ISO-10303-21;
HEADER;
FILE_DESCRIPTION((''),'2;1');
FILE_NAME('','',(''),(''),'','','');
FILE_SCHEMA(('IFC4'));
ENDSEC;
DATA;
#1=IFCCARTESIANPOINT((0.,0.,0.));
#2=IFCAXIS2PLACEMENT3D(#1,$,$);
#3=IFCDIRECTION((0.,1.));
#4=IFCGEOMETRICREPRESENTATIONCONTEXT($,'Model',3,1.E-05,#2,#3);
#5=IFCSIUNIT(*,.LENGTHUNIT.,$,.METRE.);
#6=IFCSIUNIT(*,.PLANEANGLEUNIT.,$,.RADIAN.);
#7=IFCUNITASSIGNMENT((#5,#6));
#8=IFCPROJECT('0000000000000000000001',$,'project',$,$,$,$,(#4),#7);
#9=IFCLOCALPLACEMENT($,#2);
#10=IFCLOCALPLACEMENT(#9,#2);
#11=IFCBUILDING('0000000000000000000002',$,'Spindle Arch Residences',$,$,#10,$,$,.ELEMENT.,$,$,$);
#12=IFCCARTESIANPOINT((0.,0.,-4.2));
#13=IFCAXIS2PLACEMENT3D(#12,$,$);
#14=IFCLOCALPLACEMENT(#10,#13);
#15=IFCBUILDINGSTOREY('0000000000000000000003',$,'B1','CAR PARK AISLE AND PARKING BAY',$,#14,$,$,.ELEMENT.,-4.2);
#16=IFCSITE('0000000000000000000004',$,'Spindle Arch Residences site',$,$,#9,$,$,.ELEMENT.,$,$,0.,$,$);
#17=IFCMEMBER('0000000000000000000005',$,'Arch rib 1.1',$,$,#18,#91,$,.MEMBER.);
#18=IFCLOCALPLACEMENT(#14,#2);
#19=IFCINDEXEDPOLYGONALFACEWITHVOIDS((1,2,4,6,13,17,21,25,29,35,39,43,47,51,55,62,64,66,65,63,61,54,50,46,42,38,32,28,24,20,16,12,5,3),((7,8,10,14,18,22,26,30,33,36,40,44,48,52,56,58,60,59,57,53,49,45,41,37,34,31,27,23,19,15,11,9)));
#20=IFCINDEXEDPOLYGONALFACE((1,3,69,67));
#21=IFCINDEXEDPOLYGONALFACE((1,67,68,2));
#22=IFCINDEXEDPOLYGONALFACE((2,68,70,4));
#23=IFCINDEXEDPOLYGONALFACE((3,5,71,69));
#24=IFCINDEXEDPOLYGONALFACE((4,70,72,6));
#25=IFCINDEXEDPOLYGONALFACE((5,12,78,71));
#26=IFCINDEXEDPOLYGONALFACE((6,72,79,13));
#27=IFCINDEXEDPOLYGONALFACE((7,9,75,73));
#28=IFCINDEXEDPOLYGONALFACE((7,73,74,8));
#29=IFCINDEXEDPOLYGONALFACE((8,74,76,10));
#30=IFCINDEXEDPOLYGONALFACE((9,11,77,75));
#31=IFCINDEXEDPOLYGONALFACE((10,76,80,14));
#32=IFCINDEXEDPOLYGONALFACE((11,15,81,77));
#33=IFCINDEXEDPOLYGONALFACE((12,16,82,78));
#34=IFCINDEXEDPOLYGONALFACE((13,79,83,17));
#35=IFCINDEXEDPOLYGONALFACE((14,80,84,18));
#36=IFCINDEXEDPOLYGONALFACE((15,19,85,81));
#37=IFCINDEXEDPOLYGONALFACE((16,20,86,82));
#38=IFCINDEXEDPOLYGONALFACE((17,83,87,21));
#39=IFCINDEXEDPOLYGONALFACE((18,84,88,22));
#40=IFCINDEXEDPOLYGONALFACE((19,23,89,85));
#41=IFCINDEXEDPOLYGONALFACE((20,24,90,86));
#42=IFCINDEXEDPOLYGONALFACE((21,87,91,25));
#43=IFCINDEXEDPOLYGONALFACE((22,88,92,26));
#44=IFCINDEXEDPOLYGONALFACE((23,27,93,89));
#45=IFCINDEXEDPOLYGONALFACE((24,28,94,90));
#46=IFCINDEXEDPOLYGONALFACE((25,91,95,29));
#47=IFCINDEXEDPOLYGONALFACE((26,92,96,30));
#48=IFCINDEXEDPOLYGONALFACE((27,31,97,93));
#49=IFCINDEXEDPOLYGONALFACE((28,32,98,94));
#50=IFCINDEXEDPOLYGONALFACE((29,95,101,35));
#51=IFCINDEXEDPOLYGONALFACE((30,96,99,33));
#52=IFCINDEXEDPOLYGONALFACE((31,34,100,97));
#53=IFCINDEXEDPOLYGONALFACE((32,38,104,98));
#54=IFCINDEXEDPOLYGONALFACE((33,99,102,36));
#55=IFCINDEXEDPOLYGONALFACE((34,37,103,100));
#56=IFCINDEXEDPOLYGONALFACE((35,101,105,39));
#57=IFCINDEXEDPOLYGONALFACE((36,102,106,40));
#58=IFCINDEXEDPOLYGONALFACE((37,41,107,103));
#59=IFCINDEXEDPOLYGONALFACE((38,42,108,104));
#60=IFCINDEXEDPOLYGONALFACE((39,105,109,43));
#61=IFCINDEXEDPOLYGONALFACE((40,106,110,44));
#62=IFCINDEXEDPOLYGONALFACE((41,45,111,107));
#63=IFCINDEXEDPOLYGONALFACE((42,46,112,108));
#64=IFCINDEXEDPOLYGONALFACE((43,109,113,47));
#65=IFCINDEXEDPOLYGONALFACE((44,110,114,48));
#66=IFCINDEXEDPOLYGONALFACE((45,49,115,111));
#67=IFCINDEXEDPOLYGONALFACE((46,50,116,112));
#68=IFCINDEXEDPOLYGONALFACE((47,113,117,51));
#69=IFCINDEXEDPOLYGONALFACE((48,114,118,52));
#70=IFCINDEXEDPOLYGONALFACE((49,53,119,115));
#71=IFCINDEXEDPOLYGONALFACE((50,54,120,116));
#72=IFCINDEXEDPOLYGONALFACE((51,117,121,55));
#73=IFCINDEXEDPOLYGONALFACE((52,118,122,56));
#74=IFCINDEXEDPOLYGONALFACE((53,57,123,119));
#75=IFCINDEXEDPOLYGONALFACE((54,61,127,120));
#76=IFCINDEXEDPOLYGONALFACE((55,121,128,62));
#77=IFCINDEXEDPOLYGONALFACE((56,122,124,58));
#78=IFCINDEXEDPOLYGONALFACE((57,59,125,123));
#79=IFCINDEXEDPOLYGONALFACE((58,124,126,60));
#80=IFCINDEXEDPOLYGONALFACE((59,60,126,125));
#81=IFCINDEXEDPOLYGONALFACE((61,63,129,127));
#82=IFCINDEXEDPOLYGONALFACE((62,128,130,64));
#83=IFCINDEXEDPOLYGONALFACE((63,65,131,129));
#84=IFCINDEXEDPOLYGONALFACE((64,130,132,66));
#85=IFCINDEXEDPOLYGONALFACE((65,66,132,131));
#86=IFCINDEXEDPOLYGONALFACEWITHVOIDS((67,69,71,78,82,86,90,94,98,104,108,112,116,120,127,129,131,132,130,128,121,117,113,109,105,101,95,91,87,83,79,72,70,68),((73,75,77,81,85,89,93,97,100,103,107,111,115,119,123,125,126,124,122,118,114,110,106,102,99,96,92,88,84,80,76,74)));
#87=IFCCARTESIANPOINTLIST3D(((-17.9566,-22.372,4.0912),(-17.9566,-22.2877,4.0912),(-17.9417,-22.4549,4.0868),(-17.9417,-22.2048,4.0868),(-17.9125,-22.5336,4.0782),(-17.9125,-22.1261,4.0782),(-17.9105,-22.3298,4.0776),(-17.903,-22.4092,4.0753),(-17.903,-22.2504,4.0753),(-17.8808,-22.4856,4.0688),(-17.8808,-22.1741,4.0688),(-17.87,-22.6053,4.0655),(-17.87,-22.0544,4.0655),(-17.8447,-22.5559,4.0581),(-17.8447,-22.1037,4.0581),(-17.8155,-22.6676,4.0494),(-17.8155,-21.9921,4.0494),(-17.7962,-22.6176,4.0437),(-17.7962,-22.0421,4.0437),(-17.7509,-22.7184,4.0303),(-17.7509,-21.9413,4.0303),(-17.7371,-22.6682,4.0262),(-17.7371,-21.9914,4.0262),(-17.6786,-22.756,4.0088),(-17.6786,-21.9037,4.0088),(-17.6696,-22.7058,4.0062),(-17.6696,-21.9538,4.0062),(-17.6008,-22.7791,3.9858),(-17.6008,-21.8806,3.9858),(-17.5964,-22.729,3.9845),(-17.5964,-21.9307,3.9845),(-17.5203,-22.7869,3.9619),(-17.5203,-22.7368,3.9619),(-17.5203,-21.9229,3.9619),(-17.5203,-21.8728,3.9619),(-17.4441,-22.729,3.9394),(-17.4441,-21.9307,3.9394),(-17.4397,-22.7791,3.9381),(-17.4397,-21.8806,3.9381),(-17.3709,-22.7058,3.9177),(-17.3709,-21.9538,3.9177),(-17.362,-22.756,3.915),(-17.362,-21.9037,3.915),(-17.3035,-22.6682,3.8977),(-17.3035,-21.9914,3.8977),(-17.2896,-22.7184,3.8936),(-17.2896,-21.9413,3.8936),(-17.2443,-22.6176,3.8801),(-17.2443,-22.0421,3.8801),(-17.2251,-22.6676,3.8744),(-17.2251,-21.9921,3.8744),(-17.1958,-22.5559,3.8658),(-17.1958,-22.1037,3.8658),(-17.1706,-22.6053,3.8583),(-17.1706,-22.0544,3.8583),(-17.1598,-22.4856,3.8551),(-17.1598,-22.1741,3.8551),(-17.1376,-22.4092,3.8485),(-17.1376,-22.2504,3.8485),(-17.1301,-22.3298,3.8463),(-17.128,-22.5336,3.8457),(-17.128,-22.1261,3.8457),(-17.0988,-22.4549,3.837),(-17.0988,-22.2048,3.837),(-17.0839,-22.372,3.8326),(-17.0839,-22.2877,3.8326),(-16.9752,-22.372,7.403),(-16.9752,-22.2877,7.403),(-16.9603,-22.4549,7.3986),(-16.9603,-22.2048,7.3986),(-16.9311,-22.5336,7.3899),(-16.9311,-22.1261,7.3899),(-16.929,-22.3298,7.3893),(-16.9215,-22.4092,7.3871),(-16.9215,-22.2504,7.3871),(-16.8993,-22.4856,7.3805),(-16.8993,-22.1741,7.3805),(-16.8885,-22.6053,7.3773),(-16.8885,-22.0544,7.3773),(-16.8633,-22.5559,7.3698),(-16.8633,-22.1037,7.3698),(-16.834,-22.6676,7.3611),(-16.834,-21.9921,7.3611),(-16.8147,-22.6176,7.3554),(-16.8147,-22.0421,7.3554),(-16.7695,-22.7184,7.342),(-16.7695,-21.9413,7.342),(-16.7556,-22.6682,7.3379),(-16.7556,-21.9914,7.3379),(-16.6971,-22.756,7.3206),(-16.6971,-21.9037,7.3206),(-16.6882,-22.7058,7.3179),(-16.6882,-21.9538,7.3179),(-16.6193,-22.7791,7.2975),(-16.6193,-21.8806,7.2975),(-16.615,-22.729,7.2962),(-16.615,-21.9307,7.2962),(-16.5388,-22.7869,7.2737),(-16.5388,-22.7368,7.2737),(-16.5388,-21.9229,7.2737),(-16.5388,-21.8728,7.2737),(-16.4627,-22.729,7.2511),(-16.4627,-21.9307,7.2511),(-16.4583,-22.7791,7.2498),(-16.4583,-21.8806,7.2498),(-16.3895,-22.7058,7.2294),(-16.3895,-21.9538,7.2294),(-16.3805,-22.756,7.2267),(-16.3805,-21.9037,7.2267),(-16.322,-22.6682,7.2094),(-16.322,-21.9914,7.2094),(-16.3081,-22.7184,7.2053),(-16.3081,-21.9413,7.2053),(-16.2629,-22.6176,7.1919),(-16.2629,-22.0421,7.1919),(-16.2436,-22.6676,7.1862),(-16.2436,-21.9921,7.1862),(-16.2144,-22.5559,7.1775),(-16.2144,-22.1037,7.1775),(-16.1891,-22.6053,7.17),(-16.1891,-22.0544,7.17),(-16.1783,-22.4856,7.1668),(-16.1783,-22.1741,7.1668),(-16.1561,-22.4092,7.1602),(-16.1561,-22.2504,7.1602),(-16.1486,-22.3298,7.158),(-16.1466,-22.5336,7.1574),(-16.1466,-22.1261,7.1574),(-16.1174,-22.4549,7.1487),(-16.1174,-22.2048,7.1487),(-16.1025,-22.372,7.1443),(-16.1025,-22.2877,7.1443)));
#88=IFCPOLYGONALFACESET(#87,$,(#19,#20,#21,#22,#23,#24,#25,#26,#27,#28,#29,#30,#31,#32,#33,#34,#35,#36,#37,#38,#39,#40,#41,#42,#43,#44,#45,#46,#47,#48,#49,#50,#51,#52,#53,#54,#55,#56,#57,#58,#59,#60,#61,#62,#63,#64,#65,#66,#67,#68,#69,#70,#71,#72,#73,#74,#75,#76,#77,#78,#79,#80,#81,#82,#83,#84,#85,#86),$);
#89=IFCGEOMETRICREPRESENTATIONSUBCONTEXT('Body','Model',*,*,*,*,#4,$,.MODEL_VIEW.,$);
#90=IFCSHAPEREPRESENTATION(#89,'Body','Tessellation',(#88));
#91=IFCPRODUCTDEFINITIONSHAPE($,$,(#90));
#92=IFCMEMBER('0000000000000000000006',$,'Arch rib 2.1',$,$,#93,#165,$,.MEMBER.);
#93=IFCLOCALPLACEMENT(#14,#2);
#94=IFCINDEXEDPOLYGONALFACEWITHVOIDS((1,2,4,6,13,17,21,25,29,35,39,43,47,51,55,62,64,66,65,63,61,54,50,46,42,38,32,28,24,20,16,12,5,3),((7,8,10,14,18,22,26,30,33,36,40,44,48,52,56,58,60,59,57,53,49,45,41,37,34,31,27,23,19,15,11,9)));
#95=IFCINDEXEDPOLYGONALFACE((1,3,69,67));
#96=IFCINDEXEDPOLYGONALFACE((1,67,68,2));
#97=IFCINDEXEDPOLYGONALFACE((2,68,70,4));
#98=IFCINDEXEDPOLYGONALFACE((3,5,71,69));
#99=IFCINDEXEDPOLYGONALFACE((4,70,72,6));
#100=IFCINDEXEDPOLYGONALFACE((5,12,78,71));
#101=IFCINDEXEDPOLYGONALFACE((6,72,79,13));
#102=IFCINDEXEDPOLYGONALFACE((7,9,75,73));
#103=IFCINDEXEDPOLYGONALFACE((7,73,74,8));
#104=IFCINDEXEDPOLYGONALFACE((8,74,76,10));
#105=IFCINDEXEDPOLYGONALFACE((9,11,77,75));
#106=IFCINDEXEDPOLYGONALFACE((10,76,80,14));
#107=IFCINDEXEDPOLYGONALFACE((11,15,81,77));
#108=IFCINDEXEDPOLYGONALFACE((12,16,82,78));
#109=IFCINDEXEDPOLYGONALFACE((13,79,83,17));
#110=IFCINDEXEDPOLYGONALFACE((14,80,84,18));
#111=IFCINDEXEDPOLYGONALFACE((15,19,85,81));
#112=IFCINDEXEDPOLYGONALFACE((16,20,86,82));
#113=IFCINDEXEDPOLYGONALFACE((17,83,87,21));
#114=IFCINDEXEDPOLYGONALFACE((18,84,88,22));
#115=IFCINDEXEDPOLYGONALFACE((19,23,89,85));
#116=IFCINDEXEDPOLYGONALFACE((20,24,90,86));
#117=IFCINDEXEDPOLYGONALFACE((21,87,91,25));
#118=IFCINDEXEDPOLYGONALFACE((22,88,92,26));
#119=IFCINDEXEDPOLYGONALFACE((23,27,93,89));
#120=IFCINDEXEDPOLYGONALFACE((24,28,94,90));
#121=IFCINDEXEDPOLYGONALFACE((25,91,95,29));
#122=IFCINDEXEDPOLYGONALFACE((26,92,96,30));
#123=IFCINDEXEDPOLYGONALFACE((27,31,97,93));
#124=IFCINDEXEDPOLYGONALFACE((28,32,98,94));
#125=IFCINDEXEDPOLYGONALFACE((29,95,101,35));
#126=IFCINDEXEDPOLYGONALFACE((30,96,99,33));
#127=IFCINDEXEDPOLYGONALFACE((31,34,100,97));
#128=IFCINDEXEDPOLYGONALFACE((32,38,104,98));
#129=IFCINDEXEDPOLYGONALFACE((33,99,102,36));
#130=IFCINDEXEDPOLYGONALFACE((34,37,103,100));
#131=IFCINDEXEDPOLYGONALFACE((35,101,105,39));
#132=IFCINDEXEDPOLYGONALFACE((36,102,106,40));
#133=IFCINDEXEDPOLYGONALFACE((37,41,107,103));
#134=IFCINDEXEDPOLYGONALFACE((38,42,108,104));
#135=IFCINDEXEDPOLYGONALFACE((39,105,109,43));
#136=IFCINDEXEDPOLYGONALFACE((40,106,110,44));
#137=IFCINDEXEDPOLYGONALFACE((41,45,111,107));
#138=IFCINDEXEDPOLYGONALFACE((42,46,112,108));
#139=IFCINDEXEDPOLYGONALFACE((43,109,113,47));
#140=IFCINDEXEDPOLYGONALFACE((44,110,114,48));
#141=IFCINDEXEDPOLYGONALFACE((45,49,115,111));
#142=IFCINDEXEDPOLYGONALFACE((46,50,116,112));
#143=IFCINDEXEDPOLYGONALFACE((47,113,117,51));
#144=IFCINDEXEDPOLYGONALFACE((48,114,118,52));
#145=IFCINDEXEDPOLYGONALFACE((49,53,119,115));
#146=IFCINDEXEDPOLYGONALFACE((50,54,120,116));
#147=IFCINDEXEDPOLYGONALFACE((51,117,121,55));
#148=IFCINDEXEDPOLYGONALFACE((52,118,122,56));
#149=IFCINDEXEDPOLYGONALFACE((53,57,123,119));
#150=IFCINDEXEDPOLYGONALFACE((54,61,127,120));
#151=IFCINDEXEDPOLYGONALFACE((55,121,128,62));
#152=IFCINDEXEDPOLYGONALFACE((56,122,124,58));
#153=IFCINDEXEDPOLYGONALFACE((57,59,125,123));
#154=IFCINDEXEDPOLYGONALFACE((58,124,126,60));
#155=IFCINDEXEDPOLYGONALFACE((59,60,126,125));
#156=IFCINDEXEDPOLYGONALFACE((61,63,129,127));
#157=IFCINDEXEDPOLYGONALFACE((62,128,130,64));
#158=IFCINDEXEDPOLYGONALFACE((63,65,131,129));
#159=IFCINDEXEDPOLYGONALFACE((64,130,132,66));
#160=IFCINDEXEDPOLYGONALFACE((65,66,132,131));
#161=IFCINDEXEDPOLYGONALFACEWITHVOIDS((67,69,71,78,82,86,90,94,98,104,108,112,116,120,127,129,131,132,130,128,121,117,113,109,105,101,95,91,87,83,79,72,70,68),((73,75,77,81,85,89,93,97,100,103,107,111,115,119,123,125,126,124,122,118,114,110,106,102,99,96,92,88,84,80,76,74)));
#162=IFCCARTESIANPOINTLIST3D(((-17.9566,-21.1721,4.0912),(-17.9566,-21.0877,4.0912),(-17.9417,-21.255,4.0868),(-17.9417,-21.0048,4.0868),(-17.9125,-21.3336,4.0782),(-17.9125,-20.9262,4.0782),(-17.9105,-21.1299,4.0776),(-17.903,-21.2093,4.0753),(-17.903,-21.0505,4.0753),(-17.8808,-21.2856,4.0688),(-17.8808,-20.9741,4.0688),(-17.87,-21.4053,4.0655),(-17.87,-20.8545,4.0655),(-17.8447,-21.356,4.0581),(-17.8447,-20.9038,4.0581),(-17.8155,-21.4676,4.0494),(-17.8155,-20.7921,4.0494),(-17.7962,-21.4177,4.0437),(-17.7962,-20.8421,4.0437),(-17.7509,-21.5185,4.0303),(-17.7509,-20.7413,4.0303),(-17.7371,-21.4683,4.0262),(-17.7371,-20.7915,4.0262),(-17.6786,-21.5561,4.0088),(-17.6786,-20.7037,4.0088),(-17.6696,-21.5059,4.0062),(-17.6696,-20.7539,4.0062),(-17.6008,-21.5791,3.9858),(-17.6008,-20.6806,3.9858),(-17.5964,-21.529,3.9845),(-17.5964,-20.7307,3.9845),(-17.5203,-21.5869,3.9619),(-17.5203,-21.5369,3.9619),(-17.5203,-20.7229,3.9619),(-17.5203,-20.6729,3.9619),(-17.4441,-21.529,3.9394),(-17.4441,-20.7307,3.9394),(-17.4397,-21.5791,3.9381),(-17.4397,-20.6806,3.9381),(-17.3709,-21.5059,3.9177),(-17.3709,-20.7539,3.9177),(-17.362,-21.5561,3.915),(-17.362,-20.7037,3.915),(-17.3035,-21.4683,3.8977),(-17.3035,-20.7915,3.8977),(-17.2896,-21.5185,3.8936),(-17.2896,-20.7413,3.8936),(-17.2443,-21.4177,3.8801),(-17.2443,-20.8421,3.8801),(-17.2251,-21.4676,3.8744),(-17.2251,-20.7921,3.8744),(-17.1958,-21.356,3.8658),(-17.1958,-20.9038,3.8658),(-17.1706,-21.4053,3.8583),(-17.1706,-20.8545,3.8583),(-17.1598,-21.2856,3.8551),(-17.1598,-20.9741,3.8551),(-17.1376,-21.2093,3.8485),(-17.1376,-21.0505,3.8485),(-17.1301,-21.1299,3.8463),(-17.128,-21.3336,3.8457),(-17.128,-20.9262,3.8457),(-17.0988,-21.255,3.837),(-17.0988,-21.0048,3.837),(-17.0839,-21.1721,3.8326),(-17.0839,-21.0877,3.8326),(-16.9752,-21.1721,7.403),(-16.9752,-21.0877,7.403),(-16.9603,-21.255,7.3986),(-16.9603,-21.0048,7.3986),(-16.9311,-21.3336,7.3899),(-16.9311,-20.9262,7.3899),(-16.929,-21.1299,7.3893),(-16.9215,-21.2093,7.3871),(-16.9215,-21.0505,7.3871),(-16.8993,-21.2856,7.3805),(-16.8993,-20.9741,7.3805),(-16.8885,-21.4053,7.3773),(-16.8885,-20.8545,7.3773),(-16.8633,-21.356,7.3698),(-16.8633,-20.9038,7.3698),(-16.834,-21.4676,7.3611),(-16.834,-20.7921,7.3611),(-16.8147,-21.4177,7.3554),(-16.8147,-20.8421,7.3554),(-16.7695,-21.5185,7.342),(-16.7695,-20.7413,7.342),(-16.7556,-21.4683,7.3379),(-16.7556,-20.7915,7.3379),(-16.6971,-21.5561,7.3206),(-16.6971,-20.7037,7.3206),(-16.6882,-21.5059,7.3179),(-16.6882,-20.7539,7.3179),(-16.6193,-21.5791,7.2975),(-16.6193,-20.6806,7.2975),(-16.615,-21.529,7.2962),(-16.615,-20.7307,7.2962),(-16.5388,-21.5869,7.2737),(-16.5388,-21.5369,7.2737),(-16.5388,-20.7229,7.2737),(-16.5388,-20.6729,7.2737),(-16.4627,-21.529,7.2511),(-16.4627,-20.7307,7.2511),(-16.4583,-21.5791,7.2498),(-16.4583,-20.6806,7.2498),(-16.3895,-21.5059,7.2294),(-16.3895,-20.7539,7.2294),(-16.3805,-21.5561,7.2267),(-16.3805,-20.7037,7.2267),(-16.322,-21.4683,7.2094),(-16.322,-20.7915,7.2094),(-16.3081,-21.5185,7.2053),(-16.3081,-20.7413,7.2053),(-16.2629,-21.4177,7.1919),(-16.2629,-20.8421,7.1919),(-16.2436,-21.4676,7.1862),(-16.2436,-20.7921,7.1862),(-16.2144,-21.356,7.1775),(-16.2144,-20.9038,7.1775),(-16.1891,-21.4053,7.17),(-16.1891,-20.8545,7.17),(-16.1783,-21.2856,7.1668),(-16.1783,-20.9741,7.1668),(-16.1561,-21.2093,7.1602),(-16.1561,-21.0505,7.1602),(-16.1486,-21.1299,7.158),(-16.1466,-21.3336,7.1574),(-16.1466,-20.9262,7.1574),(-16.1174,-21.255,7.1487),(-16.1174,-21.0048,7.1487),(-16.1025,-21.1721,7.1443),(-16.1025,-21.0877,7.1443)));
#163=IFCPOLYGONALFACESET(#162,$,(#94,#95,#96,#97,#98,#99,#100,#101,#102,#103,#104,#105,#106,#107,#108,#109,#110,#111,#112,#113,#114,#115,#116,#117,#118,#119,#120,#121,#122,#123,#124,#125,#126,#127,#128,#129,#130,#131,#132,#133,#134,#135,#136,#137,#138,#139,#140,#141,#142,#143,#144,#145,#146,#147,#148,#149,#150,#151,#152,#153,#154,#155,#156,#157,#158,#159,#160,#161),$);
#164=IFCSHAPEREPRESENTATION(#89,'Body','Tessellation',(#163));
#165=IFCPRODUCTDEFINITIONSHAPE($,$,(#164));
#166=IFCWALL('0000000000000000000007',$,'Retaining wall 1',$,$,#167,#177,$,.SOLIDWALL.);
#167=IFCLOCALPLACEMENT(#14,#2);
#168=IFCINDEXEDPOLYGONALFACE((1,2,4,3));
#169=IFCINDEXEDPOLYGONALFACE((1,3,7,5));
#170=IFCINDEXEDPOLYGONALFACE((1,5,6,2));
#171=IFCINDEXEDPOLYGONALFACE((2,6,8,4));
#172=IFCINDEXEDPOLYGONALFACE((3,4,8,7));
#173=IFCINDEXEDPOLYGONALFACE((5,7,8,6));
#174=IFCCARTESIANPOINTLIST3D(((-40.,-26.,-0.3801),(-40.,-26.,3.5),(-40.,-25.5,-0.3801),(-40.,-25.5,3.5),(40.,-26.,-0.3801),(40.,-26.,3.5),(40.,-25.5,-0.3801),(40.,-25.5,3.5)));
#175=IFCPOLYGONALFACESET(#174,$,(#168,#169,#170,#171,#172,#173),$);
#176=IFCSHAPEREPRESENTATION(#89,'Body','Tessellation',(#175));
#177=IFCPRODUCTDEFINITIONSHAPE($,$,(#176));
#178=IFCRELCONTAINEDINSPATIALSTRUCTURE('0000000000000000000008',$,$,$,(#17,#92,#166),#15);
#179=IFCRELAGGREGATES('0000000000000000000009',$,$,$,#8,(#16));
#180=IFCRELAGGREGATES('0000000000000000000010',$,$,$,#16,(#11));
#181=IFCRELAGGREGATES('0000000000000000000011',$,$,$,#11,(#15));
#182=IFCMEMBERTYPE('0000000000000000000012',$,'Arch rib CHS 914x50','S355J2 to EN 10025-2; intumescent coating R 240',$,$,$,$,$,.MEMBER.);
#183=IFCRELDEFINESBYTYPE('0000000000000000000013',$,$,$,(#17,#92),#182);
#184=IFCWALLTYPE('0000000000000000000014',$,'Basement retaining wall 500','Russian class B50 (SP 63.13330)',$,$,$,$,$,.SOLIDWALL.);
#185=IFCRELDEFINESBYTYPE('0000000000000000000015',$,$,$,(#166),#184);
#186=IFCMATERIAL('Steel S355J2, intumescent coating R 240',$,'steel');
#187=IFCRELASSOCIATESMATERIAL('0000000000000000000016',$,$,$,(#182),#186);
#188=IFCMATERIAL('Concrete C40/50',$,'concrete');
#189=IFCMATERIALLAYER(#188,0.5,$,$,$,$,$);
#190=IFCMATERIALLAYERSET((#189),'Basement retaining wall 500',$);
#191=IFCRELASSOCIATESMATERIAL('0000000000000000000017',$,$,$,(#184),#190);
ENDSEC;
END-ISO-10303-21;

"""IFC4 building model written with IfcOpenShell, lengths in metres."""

from ifc_helpers import new_model, si_unit, direction, frame, frame_2d, origin, origin_2d, place, context, subcontext, project, spatial, rectangle, hollow_circle, extrude, material, layer, layer_set, material_profile, profile_set, type_object, element, save


model = new_model("IFC4")

# Units and contexts
model_context = context("Model", 3, precision=1e-05, world=origin(), true_north=direction((0.0, 1.0)))
body_context = subcontext(model_context, "Body", "Model", "MODEL_VIEW")
ifc_project = project(units=[si_unit("LENGTHUNIT", "METRE"), si_unit("PLANEANGLEUNIT", "RADIAN")], contexts=[model_context])

# Site, building, storey
site_placement = place(None, origin())
site = spatial("IfcSite", under=ifc_project, at=site_placement, Name="Spindle Arch Residences site", CompositionType="ELEMENT", RefElevation=0.0)
building_placement = place(site_placement, origin())
building = spatial("IfcBuilding", under=site, at=building_placement, Name="Spindle Arch Residences", CompositionType="ELEMENT")
storey_placement = place(building_placement, frame((0.0, 0.0, -4.2)))
storey = spatial("IfcBuildingStorey", under=building, at=storey_placement, Name="B1", Description="CAR PARK AISLE AND PARKING BAY", CompositionType="ELEMENT", Elevation=-4.2)

# Members
ifc_material_1 = material(Name="Steel S355J2, intumescent coating R 240", Category="steel")
ifc_material_profile_1 = material_profile(ifc_material_1, hollow_circle(Radius=0.457, WallThickness=0.05, at=origin_2d()), Name="CHS 914x50")
ifc_profile_set_1 = profile_set([ifc_material_profile_1], Name="Steel S355J2, intumescent coating R 240")
member_type = type_object("IfcMemberType", Name="Arch rib CHS 914x50", Description="S355J2 to EN 10025-2; intumescent coating R 240", PredefinedType="MEMBER", material=ifc_profile_set_1)
for number, where, z_axis, x_axis, name in (
    (1, (-17.5203, -22.3298, 3.9619), (0.284136, 0.0, 0.958784), (0.0, 1.0, 0.0), "Arch rib 1.1"),
    (2, (-17.5203, -21.1299, 3.9619), (0.284136, 0.0, 0.958784), (0.0, 1.0, 0.0), "Arch rib 2.1"),
):
    element("IfcMember", number, at=place(storey_placement, frame(where, z_axis=z_axis, x_axis=x_axis)), inside=storey, type_object=member_type, Name=name, PredefinedType="MEMBER", context=body_context, shape_type="SweptSolid", body=[
        extrude(hollow_circle(Radius=0.457, WallThickness=0.05, at=origin_2d()), origin(), (0.0, 0.0, 1.0), 3.4541),
    ])

# Wall
ifc_material_2 = material(Name="Concrete C40/50", Category="concrete")
ifc_layer_1 = layer(ifc_material_2, 0.5)
ifc_layer_set_1 = layer_set([ifc_layer_1], Name="Basement retaining wall 500")
wall_type_1 = type_object("IfcWallType", Name="Basement retaining wall 500", Description="Russian class B50 (SP 63.13330)", PredefinedType="SOLIDWALL", material=ifc_layer_set_1)
wall_1_placement = place(storey_placement, frame((-40.0, -25.75, -0.3801), z_axis=(0.0, 0.0, 1.0), x_axis=(1.0, 0.0, 0.0)))
element("IfcWall", 3, at=wall_1_placement, inside=storey, type_object=wall_type_1, Name="Retaining wall 1", PredefinedType="SOLIDWALL", context=body_context, shape_type="SweptSolid", body=[
    extrude(rectangle(XDim=80.0, YDim=0.5, at=frame_2d((40.0, 0.0))), origin(), (0.0, 0.0, 1.0), 3.8801),
])

save(model, "model.ifc")
